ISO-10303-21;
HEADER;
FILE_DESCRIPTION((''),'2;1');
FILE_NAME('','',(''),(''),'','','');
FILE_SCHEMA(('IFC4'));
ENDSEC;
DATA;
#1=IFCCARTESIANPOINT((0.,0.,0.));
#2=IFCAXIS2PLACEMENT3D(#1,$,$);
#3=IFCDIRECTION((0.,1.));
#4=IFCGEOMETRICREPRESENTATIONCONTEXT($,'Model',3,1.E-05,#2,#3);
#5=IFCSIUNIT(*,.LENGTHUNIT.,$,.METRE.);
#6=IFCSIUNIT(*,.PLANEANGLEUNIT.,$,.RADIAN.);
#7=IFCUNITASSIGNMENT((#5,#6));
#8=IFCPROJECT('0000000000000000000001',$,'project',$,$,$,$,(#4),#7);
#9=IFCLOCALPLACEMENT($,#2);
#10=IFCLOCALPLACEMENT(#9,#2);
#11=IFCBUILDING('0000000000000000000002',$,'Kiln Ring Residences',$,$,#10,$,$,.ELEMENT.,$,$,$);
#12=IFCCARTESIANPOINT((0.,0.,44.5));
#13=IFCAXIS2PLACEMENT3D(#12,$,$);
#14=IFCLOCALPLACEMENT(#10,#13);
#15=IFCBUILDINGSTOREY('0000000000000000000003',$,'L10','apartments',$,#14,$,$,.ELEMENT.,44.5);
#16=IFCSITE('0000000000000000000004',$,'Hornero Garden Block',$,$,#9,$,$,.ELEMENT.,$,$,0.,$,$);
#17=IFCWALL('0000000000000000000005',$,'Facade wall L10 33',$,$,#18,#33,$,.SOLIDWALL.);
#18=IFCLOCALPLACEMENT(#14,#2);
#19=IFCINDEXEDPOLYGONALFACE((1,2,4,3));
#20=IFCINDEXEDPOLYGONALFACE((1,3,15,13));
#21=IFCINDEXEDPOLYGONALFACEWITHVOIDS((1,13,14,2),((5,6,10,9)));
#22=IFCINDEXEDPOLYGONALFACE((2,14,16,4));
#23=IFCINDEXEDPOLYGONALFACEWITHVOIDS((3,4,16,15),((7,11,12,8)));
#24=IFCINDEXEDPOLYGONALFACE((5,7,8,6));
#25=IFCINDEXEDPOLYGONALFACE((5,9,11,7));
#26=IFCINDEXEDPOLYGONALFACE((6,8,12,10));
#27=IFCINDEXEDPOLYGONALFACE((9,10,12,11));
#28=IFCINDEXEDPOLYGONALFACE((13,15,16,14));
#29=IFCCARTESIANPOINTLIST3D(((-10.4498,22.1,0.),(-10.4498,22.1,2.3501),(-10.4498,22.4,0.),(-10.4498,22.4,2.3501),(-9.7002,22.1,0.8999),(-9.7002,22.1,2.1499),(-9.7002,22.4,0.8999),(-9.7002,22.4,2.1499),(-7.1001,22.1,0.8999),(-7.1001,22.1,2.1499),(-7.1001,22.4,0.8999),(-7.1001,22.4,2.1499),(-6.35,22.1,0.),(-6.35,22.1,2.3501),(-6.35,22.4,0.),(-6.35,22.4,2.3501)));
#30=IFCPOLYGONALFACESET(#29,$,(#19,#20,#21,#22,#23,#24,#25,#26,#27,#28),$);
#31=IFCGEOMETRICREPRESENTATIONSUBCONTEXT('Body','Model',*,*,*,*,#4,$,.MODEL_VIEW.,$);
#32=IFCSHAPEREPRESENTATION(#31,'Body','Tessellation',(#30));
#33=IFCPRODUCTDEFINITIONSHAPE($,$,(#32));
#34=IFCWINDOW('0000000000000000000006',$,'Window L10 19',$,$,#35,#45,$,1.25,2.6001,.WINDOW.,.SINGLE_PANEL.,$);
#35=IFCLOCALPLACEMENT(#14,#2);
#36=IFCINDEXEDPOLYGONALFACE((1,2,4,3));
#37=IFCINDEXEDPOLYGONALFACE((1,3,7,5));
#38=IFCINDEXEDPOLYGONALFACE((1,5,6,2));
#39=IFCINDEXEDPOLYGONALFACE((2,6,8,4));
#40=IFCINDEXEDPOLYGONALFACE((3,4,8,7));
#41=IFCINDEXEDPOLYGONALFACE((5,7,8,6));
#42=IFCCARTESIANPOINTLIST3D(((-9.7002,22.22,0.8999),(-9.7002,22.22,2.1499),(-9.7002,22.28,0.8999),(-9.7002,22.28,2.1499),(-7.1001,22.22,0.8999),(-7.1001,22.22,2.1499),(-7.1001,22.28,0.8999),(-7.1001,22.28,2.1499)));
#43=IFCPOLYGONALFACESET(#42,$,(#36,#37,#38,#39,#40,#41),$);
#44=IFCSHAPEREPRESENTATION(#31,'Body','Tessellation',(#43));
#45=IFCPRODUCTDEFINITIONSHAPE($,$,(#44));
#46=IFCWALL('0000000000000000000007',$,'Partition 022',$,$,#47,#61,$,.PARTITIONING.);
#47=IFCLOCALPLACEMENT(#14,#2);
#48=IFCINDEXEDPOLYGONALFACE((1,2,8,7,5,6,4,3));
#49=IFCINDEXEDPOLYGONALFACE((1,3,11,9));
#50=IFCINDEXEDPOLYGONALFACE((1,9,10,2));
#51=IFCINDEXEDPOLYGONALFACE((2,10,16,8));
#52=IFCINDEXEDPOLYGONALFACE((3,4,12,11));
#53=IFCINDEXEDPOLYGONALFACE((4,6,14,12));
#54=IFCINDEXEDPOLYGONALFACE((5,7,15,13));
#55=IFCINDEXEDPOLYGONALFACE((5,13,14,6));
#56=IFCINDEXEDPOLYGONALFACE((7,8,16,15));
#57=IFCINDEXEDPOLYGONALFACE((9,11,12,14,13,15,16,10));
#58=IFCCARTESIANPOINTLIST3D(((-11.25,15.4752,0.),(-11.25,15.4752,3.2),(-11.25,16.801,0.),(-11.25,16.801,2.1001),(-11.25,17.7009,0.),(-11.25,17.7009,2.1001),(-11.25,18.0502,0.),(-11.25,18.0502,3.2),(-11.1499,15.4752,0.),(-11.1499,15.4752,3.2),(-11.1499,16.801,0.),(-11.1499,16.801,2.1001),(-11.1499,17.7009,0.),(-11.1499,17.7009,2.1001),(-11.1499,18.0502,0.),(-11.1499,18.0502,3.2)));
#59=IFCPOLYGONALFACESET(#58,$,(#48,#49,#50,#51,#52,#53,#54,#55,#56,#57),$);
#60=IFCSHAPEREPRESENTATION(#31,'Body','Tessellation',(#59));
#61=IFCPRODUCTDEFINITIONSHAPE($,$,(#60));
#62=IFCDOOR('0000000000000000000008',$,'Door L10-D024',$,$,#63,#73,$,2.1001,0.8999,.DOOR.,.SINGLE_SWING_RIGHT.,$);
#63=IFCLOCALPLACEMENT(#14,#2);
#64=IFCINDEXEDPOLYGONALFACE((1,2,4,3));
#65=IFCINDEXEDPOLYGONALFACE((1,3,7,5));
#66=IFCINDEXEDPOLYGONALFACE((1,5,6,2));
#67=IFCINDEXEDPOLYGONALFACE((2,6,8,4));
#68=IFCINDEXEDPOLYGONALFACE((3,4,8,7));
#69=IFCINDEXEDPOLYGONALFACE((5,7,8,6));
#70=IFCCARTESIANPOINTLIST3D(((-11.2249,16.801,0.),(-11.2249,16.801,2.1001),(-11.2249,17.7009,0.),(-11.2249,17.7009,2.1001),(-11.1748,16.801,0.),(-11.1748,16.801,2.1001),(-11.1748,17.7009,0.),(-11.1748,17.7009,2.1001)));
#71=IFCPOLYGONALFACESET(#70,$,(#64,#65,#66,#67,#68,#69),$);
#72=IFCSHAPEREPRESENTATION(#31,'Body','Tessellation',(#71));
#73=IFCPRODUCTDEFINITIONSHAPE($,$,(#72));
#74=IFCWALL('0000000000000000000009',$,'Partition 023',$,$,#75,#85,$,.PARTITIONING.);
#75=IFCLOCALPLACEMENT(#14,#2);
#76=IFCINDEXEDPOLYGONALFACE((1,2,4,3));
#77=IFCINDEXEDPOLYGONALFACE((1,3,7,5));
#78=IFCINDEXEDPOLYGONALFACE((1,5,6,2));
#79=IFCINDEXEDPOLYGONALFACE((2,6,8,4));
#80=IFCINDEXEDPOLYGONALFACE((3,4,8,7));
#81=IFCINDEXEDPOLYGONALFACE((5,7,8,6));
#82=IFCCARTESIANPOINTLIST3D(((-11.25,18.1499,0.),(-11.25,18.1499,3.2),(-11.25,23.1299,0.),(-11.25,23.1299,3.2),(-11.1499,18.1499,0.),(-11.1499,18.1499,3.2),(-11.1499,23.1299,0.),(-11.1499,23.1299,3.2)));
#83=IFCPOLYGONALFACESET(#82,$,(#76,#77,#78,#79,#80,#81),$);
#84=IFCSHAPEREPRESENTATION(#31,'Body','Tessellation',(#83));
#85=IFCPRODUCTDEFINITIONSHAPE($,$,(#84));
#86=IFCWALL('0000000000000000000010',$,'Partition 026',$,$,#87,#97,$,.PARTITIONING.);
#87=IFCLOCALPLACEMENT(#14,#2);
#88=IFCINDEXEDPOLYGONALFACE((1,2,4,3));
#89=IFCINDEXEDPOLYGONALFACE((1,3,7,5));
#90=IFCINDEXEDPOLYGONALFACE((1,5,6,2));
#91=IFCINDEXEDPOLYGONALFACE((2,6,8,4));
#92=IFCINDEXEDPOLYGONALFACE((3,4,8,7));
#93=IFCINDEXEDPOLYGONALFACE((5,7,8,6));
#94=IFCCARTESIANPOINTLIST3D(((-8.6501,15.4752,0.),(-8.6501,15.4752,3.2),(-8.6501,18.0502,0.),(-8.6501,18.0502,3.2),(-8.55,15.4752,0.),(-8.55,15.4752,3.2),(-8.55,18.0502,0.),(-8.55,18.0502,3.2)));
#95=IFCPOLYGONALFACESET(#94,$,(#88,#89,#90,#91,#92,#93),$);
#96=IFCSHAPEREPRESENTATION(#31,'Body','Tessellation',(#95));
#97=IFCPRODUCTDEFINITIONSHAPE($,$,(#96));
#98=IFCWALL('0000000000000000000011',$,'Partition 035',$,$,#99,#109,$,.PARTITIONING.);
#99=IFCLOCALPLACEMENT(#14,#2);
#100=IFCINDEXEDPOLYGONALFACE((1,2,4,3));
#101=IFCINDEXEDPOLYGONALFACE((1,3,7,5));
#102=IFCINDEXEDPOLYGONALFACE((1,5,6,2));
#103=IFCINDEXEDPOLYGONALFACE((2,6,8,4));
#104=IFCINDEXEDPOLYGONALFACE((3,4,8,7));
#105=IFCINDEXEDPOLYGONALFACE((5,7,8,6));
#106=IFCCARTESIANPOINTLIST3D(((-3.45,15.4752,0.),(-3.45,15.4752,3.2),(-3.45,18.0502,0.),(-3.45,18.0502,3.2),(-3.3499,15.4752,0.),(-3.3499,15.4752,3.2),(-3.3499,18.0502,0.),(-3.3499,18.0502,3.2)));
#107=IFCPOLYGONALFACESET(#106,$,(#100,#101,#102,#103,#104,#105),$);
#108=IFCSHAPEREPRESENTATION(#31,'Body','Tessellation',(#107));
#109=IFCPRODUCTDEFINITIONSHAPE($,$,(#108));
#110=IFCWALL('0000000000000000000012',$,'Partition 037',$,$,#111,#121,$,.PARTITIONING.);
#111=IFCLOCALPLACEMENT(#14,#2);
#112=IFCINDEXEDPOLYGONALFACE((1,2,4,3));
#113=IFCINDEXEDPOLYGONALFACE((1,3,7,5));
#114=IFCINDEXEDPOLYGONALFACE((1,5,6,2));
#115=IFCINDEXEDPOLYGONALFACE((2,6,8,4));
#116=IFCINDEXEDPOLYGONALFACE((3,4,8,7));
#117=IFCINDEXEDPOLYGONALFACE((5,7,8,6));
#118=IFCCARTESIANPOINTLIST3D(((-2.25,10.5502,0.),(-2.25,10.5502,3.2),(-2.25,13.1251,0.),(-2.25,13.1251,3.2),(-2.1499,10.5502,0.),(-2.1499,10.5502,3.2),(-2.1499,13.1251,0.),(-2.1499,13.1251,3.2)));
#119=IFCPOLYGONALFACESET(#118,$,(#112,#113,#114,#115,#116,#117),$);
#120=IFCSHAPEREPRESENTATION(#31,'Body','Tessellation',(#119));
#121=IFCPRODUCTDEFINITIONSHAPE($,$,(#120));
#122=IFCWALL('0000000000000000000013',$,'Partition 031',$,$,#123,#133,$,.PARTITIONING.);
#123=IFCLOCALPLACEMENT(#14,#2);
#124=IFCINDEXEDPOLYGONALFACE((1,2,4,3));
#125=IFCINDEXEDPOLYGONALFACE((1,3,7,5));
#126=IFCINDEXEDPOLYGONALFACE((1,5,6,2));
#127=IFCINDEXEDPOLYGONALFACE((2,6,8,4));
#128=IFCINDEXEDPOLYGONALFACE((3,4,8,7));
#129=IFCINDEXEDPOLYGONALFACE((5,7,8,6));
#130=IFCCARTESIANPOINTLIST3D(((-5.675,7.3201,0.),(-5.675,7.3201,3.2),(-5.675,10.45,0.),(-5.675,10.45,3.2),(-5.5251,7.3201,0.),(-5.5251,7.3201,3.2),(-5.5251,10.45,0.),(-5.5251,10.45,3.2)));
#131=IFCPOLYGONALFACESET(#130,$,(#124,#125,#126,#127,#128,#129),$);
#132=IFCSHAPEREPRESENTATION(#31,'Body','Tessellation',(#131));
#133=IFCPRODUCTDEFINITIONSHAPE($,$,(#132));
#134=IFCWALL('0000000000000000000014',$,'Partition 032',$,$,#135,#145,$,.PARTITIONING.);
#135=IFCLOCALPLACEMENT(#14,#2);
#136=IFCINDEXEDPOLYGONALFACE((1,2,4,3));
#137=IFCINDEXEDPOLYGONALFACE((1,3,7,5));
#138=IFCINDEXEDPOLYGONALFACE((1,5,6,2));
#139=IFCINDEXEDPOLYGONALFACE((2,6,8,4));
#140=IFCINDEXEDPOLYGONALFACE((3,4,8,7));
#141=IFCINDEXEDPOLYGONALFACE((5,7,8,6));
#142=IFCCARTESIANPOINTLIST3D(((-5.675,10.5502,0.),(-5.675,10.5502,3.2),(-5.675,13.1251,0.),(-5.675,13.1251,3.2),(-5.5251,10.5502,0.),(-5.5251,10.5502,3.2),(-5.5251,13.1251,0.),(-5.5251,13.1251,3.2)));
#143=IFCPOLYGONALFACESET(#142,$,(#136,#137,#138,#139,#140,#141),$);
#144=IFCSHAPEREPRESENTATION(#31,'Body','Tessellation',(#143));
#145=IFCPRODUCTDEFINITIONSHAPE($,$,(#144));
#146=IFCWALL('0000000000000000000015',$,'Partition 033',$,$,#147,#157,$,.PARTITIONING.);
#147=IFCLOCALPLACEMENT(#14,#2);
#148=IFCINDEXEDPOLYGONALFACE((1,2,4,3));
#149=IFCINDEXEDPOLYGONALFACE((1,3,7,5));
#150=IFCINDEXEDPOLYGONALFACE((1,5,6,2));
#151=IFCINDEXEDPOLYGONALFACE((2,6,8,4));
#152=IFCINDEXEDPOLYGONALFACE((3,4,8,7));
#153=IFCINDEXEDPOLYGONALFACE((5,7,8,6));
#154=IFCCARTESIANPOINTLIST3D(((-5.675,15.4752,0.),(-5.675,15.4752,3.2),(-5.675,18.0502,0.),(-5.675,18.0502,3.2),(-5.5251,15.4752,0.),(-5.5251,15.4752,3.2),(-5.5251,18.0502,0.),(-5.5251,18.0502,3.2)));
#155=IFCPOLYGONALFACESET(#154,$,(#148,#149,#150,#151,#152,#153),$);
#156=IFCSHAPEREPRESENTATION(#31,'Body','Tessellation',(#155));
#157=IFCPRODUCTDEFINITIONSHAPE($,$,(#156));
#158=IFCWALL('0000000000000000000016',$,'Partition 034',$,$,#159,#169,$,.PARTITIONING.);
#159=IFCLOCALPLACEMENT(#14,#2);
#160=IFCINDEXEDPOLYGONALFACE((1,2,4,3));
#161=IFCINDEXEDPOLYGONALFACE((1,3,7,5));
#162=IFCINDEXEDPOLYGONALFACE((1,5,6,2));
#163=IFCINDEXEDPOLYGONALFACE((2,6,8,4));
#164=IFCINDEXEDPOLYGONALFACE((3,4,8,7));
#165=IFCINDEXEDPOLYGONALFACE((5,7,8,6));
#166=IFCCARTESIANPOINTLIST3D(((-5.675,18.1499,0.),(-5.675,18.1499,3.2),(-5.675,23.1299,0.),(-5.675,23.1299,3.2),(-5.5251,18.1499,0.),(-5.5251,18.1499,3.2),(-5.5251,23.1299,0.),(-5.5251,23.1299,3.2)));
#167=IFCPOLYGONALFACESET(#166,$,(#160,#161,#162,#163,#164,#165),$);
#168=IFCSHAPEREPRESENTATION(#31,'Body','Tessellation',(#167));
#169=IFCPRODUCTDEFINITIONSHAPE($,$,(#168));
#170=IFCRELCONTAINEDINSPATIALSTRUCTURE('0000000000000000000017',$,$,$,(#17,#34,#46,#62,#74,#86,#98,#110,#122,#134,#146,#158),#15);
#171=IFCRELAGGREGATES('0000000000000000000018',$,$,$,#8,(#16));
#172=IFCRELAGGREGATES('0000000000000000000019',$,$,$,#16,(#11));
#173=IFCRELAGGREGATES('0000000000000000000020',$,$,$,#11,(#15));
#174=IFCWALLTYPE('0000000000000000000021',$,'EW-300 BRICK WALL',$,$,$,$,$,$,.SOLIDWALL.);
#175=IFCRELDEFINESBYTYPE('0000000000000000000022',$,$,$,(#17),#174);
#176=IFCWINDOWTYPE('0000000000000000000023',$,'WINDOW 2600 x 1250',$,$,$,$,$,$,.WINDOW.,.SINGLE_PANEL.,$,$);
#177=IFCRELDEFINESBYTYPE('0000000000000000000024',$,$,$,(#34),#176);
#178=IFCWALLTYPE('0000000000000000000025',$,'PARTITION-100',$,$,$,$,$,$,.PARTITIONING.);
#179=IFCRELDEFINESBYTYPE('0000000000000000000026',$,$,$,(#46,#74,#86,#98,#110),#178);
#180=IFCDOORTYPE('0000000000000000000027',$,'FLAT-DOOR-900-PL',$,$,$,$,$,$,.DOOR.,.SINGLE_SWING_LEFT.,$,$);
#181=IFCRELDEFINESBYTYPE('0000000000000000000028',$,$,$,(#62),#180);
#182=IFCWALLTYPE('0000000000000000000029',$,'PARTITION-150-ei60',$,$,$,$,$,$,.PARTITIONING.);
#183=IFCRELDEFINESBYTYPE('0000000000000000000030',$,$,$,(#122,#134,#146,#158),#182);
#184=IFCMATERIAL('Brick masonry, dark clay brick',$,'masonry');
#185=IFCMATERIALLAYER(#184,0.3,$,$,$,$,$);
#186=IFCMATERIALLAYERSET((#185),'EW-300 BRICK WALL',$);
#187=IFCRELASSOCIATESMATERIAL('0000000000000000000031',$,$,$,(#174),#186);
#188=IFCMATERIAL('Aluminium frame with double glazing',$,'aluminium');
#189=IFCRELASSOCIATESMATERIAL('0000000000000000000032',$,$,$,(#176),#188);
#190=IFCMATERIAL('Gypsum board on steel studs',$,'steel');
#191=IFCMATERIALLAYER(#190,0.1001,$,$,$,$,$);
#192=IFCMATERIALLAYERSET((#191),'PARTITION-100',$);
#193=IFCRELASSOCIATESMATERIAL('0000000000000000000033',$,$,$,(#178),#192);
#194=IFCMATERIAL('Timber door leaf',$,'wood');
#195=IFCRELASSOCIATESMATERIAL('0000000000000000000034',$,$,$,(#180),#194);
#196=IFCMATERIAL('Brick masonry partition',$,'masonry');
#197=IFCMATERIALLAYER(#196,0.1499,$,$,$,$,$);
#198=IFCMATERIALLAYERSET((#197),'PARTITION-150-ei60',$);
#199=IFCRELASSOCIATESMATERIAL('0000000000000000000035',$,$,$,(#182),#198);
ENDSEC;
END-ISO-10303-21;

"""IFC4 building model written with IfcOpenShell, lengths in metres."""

from ifc_helpers import new_model, si_unit, direction, frame, frame_2d, origin, place, context, subcontext, project, spatial, rectangle, extrude, material, layer, layer_set, type_object, element, fill, save


model = new_model("IFC4")

# Units and contexts
model_context = context("Model", 3, precision=1e-05, world=origin(), true_north=direction((0.0, 1.0)))
body_context = subcontext(model_context, "Body", "Model", "MODEL_VIEW")
ifc_project = project(units=[si_unit("LENGTHUNIT", "METRE"), si_unit("PLANEANGLEUNIT", "RADIAN")], contexts=[model_context])

# Site, building, storey
site_placement = place(None, origin())
site = spatial("IfcSite", under=ifc_project, at=site_placement, Name="Hornero Garden Block", CompositionType="ELEMENT", RefElevation=0.0)
building_placement = place(site_placement, origin())
building = spatial("IfcBuilding", under=site, at=building_placement, Name="Kiln Ring Residences", CompositionType="ELEMENT")
storey_placement = place(building_placement, frame((0.0, 0.0, 44.5)))
storey = spatial("IfcBuildingStorey", under=building, at=storey_placement, Name="L10", Description="apartments", CompositionType="ELEMENT", Elevation=44.5)

# Wall, opening, window
ifc_material_1 = material(Name="Brick masonry, dark clay brick", Category="masonry")
ifc_layer_1 = layer(ifc_material_1, 0.3)
ifc_layer_set_1 = layer_set([ifc_layer_1], Name="EW-300 BRICK WALL")
wall_type_1 = type_object("IfcWallType", Name="EW-300 BRICK WALL", PredefinedType="SOLIDWALL", material=ifc_layer_set_1)
wall_1_placement = place(storey_placement, frame((-6.3501, 22.25, 0.0), z_axis=(0.0, 0.0, 1.0), x_axis=(-1.0, 0.0, 0.0)))
wall_1 = element("IfcWall", 1, at=wall_1_placement, inside=storey, type_object=wall_type_1, Name="Facade wall L10 33", PredefinedType="SOLIDWALL", context=body_context, shape_type="SweptSolid", body=[
    extrude(rectangle(XDim=4.0999, YDim=0.3, at=frame_2d((2.0498, 0.0))), origin(), (0.0, 0.0, 1.0), 2.3501),
])
opening_1_placement = place(wall_1_placement, frame((0.75, 0.0, 0.8999)))
opening_1 = element("IfcOpeningElement", 2, at=opening_1_placement, cuts=wall_1, PredefinedType="OPENING", context=body_context, shape_type="SweptSolid", body=[
    extrude(rectangle(XDim=2.6001, YDim=1.25, at=frame_2d((1.3, 0.625))), frame((0.0, 0.1599, 0.0), z_axis=(0.0, -1.0, 0.0), x_axis=(1.0, 0.0, 0.0)), (0.0, 0.0, 1.0), 0.3201),
])
ifc_material_2 = material(Name="Aluminium frame with double glazing", Category="aluminium")
window_type_1 = type_object("IfcWindowType", Name="WINDOW 2600 x 1250", PartitioningType="SINGLE_PANEL", PredefinedType="WINDOW", material=ifc_material_2)
window_1_placement = place(opening_1_placement, origin())
window_1 = element("IfcWindow", 3, at=window_1_placement, inside=storey, type_object=window_type_1, Name="Window L10 19", OverallHeight=1.25, OverallWidth=2.6001, PartitioningType="SINGLE_PANEL", PredefinedType="WINDOW", context=body_context, shape_type="SweptSolid", body=[
    extrude(rectangle(XDim=2.6001, YDim=1.25, at=frame_2d((1.3, 0.625))), frame((0.0, 0.03, 0.0), z_axis=(0.0, -1.0, 0.0), x_axis=(1.0, 0.0, 0.0)), (0.0, 0.0, 1.0), 0.0601),
])
fill(opening_1, window_1)

# Wall, opening, door
ifc_material_3 = material(Name="Gypsum board on steel studs", Category="steel")
ifc_layer_2 = layer(ifc_material_3, 0.1001)
ifc_layer_set_2 = layer_set([ifc_layer_2], Name="PARTITION-100")
wall_type_2 = type_object("IfcWallType", Name="PARTITION-100", PredefinedType="PARTITIONING", material=ifc_layer_set_2)
wall_2_placement = place(storey_placement, frame((-11.2, 15.4751, 0.0), z_axis=(0.0, 0.0, 1.0), x_axis=(0.0, 1.0, 0.0)))
wall_2 = element("IfcWall", 4, at=wall_2_placement, inside=storey, type_object=wall_type_2, Name="Partition 022", PredefinedType="PARTITIONING", context=body_context, shape_type="SweptSolid", body=[
    extrude(rectangle(XDim=2.575, YDim=0.1001, at=frame_2d((1.2876, 0.0))), origin(), (0.0, 0.0, 1.0), 3.2),
])
opening_2_placement = place(wall_2_placement, frame((1.3259, 0.0, 0.0)))
opening_2 = element("IfcOpeningElement", 5, at=opening_2_placement, cuts=wall_2, PredefinedType="OPENING", context=body_context, shape_type="SweptSolid", body=[
    extrude(rectangle(XDim=0.8999, YDim=2.1001, at=frame_2d((0.45, 1.05))), frame((0.0, 0.0601, 0.0), z_axis=(0.0, -1.0, 0.0), x_axis=(1.0, 0.0, 0.0)), (0.0, 0.0, 1.0), 0.1201),
])
ifc_material_4 = material(Name="Timber door leaf", Category="wood")
door_type = type_object("IfcDoorType", Name="FLAT-DOOR-900-PL", OperationType="SINGLE_SWING_LEFT", PredefinedType="DOOR", material=ifc_material_4)
door_placement = place(opening_2_placement, origin())
door = element("IfcDoor", 6, at=door_placement, inside=storey, type_object=door_type, Name="Door L10-D024", OperationType="SINGLE_SWING_RIGHT", OverallHeight=2.1001, OverallWidth=0.8999, PredefinedType="DOOR", context=body_context, shape_type="SweptSolid", body=[
    extrude(rectangle(XDim=0.8999, YDim=2.1001, at=frame_2d((0.45, 1.05))), frame((0.0, 0.0249, 0.0), z_axis=(0.0, -1.0, 0.0), x_axis=(1.0, 0.0, 0.0)), (0.0, 0.0, 1.0), 0.05),
])
fill(opening_2, door)

# Walls
wall_3_placement = place(storey_placement, frame((-11.2, 18.1499, 0.0), z_axis=(0.0, 0.0, 1.0), x_axis=(0.0, 1.0, 0.0)))
element("IfcWall", 7, at=wall_3_placement, inside=storey, type_object=wall_type_2, Name="Partition 023", PredefinedType="PARTITIONING", context=body_context, shape_type="SweptSolid", body=[
    extrude(rectangle(XDim=4.98, YDim=0.1001, at=frame_2d((2.49, 0.0))), origin(), (0.0, 0.0, 1.0), 3.2),
])
for number, where, z_axis, x_axis, name in (
    (8, (-8.6001, 15.4751, 0.0), (0.0, 0.0, 1.0), (0.0, 1.0, 0.0), "Partition 026"),
    (9, (-3.3999, 15.4751, 0.0), (0.0, 0.0, 1.0), (0.0, 1.0, 0.0), "Partition 035"),
    (10, (-2.2, 10.55, 0.0), (0.0, 0.0, 1.0), (0.0, 1.0, 0.0), "Partition 037"),
):
    element("IfcWall", number, at=place(storey_placement, frame(where, z_axis=z_axis, x_axis=x_axis)), inside=storey, type_object=wall_type_2, Name=name, PredefinedType="PARTITIONING", context=body_context, shape_type="SweptSolid", body=[
        extrude(rectangle(XDim=2.575, YDim=0.1001, at=frame_2d((1.2876, 0.0))), origin(), (0.0, 0.0, 1.0), 3.2),
    ])
ifc_material_5 = material(Name="Brick masonry partition", Category="masonry")
ifc_layer_3 = layer(ifc_material_5, 0.1499)
ifc_layer_set_3 = layer_set([ifc_layer_3], Name="PARTITION-150-ei60")
wall_type_3 = type_object("IfcWallType", Name="PARTITION-150-ei60", PredefinedType="PARTITIONING", material=ifc_layer_set_3)
wall_4_placement = place(storey_placement, frame((-5.6001, 7.3201, 0.0), z_axis=(0.0, 0.0, 1.0), x_axis=(0.0, 1.0, 0.0)))
element("IfcWall", 11, at=wall_4_placement, inside=storey, type_object=wall_type_3, Name="Partition 031", PredefinedType="PARTITIONING", context=body_context, shape_type="SweptSolid", body=[
    extrude(rectangle(XDim=3.1299, YDim=0.1499, at=frame_2d((1.5649, 0.0))), origin(), (0.0, 0.0, 1.0), 3.2),
])
for number, where, z_axis, x_axis, name in (
    (12, (-5.6001, 10.55, 0.0), (0.0, 0.0, 1.0), (0.0, 1.0, 0.0), "Partition 032"),
    (13, (-5.6001, 15.4751, 0.0), (0.0, 0.0, 1.0), (0.0, 1.0, 0.0), "Partition 033"),
):
    element("IfcWall", number, at=place(storey_placement, frame(where, z_axis=z_axis, x_axis=x_axis)), inside=storey, type_object=wall_type_3, Name=name, PredefinedType="PARTITIONING", context=body_context, shape_type="SweptSolid", body=[
        extrude(rectangle(XDim=2.575, YDim=0.1499, at=frame_2d((1.2876, 0.0))), origin(), (0.0, 0.0, 1.0), 3.2),
    ])
wall_5_placement = place(storey_placement, frame((-5.6001, 18.1499, 0.0), z_axis=(0.0, 0.0, 1.0), x_axis=(0.0, 1.0, 0.0)))
element("IfcWall", 14, at=wall_5_placement, inside=storey, type_object=wall_type_3, Name="Partition 034", PredefinedType="PARTITIONING", context=body_context, shape_type="SweptSolid", body=[
    extrude(rectangle(XDim=4.98, YDim=0.1499, at=frame_2d((2.49, 0.0))), origin(), (0.0, 0.0, 1.0), 3.2),
])

save(model, "model.ifc")
